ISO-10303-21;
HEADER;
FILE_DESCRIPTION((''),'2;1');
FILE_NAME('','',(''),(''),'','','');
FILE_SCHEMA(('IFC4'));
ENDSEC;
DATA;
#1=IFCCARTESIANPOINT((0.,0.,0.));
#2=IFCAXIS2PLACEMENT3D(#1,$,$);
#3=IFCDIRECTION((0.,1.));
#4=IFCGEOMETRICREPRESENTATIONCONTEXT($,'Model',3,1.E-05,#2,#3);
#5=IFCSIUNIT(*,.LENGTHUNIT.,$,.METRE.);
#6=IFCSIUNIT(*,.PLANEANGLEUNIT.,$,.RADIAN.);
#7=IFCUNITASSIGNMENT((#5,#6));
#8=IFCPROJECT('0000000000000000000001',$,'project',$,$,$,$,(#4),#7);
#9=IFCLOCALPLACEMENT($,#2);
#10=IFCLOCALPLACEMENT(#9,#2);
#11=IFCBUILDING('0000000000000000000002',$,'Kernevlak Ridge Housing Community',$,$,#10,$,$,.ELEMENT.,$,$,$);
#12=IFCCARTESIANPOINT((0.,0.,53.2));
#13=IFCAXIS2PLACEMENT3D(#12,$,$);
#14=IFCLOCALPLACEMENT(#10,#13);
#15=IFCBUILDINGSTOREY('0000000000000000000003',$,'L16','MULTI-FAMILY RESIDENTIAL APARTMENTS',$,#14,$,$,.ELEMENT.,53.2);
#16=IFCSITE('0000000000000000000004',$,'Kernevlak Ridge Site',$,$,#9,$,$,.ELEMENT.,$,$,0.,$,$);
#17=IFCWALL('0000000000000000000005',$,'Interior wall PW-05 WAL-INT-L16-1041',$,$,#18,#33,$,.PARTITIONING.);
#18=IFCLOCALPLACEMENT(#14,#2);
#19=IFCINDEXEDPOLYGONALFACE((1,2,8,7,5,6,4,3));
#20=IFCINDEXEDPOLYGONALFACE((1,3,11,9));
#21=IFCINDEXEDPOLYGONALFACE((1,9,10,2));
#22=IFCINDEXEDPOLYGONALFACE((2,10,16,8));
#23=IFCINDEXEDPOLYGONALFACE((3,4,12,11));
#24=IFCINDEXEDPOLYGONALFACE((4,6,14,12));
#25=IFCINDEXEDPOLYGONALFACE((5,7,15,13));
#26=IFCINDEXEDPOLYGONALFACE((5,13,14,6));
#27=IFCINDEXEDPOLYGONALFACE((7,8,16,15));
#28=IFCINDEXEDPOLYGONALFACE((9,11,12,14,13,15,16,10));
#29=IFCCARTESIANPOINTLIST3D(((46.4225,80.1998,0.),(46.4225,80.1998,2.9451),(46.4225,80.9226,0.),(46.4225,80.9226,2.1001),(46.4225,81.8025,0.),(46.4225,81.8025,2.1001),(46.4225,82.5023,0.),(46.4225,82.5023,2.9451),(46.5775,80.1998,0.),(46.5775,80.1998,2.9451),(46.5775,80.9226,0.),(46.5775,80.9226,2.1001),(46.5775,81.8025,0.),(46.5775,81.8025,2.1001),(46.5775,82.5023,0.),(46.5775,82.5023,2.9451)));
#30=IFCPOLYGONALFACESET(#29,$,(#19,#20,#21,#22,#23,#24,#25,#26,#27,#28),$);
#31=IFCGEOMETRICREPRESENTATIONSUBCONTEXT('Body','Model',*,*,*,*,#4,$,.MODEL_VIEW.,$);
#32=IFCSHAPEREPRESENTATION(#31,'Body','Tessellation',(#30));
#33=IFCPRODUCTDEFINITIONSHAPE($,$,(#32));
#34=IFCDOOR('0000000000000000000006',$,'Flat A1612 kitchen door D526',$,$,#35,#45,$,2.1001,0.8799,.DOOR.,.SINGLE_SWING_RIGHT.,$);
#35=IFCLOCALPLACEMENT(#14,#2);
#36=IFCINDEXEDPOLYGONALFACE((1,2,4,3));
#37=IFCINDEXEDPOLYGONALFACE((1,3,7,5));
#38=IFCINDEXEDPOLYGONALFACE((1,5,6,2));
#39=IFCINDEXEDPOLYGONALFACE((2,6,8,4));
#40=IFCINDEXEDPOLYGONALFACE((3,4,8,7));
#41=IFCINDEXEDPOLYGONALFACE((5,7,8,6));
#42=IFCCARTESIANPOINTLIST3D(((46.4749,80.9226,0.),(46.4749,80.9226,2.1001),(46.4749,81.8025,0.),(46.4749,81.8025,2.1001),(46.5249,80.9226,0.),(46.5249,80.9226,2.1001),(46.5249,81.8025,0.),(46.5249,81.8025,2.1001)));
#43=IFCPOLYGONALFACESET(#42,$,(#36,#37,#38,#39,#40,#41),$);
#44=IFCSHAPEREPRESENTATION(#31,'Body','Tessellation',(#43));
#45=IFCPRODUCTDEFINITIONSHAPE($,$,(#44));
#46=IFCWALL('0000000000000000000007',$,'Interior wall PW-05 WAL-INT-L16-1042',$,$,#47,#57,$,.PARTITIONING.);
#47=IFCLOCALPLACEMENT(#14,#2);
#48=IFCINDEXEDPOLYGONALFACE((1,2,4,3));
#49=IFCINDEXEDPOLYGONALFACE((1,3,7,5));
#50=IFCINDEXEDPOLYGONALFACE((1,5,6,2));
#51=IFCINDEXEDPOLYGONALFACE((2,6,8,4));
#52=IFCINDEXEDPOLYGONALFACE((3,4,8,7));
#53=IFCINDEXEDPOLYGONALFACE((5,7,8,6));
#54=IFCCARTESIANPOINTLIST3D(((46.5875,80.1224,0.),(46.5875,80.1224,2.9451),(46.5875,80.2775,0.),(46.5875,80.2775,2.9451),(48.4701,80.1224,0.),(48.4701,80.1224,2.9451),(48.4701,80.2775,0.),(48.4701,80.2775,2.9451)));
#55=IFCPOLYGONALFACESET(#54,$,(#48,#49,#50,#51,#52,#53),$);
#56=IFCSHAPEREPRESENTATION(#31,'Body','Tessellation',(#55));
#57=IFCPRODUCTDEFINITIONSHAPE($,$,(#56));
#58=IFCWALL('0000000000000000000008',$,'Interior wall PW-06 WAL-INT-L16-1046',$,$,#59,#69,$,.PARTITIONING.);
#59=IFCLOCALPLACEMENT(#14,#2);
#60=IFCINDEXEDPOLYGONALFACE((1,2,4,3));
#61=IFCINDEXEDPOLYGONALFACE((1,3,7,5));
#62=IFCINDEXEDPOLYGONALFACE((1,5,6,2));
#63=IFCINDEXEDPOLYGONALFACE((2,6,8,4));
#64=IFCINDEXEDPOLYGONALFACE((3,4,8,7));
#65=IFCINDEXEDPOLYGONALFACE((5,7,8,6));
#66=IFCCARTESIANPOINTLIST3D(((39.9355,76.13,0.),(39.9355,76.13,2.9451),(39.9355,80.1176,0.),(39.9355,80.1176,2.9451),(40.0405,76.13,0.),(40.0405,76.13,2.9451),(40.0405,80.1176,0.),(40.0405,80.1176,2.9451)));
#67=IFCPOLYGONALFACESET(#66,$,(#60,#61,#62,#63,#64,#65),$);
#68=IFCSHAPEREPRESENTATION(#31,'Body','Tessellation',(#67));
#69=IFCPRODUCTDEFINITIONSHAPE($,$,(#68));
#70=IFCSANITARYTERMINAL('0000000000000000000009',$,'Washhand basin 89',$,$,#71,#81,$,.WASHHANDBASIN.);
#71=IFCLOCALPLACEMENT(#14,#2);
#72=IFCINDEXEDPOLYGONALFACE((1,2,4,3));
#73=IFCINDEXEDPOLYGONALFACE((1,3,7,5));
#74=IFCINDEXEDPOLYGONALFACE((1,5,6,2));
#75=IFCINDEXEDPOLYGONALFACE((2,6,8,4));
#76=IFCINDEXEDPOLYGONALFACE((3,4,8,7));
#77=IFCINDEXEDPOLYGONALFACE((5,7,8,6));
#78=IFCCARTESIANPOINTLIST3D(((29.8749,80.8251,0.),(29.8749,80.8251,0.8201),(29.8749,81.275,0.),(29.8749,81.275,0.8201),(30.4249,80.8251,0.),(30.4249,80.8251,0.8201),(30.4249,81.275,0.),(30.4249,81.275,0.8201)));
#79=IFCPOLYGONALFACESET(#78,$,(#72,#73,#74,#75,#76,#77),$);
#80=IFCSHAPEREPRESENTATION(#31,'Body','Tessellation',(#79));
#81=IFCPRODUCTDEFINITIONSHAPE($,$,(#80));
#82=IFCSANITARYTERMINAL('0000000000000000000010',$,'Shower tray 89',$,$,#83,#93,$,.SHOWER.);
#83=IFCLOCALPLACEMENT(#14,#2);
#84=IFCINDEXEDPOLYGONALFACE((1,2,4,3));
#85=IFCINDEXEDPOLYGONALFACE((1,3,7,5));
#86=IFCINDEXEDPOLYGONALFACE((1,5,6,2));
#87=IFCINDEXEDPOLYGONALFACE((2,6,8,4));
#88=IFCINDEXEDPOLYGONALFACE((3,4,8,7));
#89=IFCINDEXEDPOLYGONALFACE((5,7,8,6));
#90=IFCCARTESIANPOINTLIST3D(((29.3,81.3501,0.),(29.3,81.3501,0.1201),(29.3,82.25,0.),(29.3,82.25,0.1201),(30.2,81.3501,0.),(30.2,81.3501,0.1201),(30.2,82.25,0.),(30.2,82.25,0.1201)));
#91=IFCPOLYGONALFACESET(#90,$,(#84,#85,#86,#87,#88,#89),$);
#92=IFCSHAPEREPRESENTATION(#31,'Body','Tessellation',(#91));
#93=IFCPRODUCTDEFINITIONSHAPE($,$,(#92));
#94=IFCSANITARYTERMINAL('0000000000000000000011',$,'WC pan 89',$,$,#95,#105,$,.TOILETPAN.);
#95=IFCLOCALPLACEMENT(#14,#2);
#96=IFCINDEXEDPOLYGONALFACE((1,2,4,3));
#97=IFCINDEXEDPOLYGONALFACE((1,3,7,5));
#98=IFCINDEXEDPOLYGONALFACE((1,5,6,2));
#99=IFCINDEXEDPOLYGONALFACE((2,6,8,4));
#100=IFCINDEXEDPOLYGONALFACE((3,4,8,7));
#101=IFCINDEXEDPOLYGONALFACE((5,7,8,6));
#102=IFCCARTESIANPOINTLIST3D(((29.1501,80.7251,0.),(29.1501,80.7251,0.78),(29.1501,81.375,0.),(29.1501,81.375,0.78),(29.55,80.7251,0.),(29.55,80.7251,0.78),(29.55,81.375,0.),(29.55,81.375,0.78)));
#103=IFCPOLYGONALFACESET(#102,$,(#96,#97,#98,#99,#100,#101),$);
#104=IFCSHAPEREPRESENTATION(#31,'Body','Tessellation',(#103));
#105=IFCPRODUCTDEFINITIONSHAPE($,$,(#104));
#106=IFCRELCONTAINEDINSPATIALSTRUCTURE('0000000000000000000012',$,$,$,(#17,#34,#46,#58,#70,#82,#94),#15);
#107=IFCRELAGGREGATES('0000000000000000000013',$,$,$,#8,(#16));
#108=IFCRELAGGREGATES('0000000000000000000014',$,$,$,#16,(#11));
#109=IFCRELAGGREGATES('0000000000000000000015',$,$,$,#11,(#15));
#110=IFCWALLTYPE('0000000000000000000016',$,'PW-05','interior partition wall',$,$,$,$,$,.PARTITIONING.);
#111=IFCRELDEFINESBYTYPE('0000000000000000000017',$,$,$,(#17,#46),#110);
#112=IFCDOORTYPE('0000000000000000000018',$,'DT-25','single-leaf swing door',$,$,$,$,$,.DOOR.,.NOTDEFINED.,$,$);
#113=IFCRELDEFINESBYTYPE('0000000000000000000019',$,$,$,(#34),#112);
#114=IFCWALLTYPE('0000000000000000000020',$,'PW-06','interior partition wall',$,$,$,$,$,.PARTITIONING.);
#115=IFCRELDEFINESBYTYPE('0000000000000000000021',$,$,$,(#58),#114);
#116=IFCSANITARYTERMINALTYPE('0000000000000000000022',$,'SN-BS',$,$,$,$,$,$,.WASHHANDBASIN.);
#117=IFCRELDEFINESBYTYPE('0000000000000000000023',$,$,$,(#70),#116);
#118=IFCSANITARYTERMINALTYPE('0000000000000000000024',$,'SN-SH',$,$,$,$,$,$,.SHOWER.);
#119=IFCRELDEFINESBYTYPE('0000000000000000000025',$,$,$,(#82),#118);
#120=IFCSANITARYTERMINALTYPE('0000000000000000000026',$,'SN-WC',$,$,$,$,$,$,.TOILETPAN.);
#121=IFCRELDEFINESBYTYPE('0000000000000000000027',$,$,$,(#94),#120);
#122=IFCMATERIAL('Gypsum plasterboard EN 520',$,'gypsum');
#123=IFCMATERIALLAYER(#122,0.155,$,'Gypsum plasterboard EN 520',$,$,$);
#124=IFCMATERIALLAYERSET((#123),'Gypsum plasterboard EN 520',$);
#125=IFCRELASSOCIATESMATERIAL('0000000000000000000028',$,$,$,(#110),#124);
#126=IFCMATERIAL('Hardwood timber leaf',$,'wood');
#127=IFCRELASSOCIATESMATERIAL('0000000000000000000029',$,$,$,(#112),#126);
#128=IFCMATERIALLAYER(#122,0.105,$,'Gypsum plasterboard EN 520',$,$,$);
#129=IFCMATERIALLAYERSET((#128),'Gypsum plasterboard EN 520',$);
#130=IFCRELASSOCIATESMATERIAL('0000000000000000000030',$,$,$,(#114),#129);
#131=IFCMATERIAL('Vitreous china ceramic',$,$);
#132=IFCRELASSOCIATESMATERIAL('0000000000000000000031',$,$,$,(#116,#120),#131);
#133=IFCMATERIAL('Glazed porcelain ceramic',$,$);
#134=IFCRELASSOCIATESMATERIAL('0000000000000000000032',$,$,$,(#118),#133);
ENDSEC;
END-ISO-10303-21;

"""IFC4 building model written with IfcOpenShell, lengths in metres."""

from ifc_helpers import new_model, si_unit, direction, frame, frame_2d, origin, origin_2d, place, context, subcontext, project, spatial, rectangle, extrude, material, layer, layer_set, type_object, element, fill, save


model = new_model("IFC4")

# Units and contexts
model_context = context("Model", 3, precision=1e-05, world=origin(), true_north=direction((0.0, 1.0)))
body_context = subcontext(model_context, "Body", "Model", "MODEL_VIEW")
ifc_project = project(units=[si_unit("LENGTHUNIT", "METRE"), si_unit("PLANEANGLEUNIT", "RADIAN")], contexts=[model_context])

# Site, building, storey
site_placement = place(None, origin())
site = spatial("IfcSite", under=ifc_project, at=site_placement, Name="Kernevlak Ridge Site", CompositionType="ELEMENT", RefElevation=0.0)
building_placement = place(site_placement, origin())
building = spatial("IfcBuilding", under=site, at=building_placement, Name="Kernevlak Ridge Housing Community", CompositionType="ELEMENT")
storey_placement = place(building_placement, frame((0.0, 0.0, 53.2)))
storey = spatial("IfcBuildingStorey", under=building, at=storey_placement, Name="L16", Description="MULTI-FAMILY RESIDENTIAL APARTMENTS", CompositionType="ELEMENT", Elevation=53.2)

# Shared definitions
ifc_material_1 = material(Name="Hardwood timber leaf", Category="wood")

# Shared definitions
ifc_material_2 = material(Name="Gypsum plasterboard EN 520", Category="gypsum")

# Shared definitions
ifc_layer_1 = layer(ifc_material_2, 0.155, Name="Gypsum plasterboard EN 520")
ifc_layer_set_1 = layer_set([ifc_layer_1], Name="Gypsum plasterboard EN 520")
wall_type_1 = type_object("IfcWallType", Name="PW-05", Description="interior partition wall", PredefinedType="PARTITIONING", material=ifc_layer_set_1)

# Wall, opening, door
wall_1_placement = place(storey_placement, frame((46.5, 82.5024, 0.0), z_axis=(0.0, 0.0, 1.0), x_axis=(0.0, -1.0, 0.0)))
wall_1 = element("IfcWall", 1, at=wall_1_placement, inside=storey, type_object=wall_type_1, Name="Interior wall PW-05 WAL-INT-L16-1041", PredefinedType="PARTITIONING", context=body_context, shape_type="SweptSolid", body=[
    extrude(rectangle(XDim=2.3025, YDim=0.155, at=frame_2d((1.1514, 0.0))), origin(), (0.0, 0.0, 1.0), 2.9451),
])
opening_1_placement = place(wall_1_placement, frame((0.7, 0.0, 0.0)))
opening_1 = element("IfcOpeningElement", 2, at=opening_1_placement, cuts=wall_1, PredefinedType="OPENING", context=body_context, shape_type="SweptSolid", body=[
    extrude(rectangle(XDim=0.8799, YDim=2.1001, at=frame_2d((0.4399, 1.05))), frame((0.0, 0.0874, 0.0), z_axis=(0.0, -1.0, 0.0), x_axis=(1.0, 0.0, 0.0)), (0.0, 0.0, 1.0), 0.175),
])
door_type_1 = type_object("IfcDoorType", Name="DT-25", Description="single-leaf swing door", OperationType="NOTDEFINED", PredefinedType="DOOR", material=ifc_material_1)
door_1_placement = place(opening_1_placement, origin())
door_1 = element("IfcDoor", 3, at=door_1_placement, inside=storey, type_object=door_type_1, Name="Flat A1612 kitchen door D526", OperationType="SINGLE_SWING_RIGHT", OverallHeight=2.1001, OverallWidth=0.8799, PredefinedType="DOOR", context=body_context, shape_type="SweptSolid", body=[
    extrude(rectangle(XDim=0.8799, YDim=2.1001, at=frame_2d((0.4399, 1.05))), frame((0.0, 0.0249, 0.0), z_axis=(0.0, -1.0, 0.0), x_axis=(1.0, 0.0, 0.0)), (0.0, 0.0, 1.0), 0.05),
])
fill(opening_1, door_1)

# Walls
wall_2_placement = place(storey_placement, frame((46.5874, 80.2, 0.0), z_axis=(0.0, 0.0, 1.0), x_axis=(1.0, 0.0, 0.0)))
element("IfcWall", 4, at=wall_2_placement, inside=storey, type_object=wall_type_1, Name="Interior wall PW-05 WAL-INT-L16-1042", PredefinedType="PARTITIONING", context=body_context, shape_type="SweptSolid", body=[
    extrude(rectangle(XDim=1.8826, YDim=0.155, at=frame_2d((0.9414, 0.0))), origin(), (0.0, 0.0, 1.0), 2.9451),
])
ifc_layer_2 = layer(ifc_material_2, 0.105, Name="Gypsum plasterboard EN 520")
ifc_layer_set_2 = layer_set([ifc_layer_2], Name="Gypsum plasterboard EN 520")
wall_type_2 = type_object("IfcWallType", Name="PW-06", Description="interior partition wall", PredefinedType="PARTITIONING", material=ifc_layer_set_2)
wall_3_placement = place(storey_placement, frame((39.988, 80.1174, 0.0), z_axis=(0.0, 0.0, 1.0), x_axis=(0.0, -1.0, 0.0)))
element("IfcWall", 5, at=wall_3_placement, inside=storey, type_object=wall_type_2, Name="Interior wall PW-06 WAL-INT-L16-1046", PredefinedType="PARTITIONING", context=body_context, shape_type="SweptSolid", body=[
    extrude(rectangle(XDim=3.9875, YDim=0.105, at=frame_2d((1.9937, 0.0))), origin(), (0.0, 0.0, 1.0), 2.9451),
])

# Sanitary terminals
ifc_material_3 = material(Name="Vitreous china ceramic")
sanitary_terminal_type_1 = type_object("IfcSanitaryTerminalType", Name="SN-BS", PredefinedType="WASHHANDBASIN", material=ifc_material_3)
sanitary_terminal_1_placement = place(storey_placement, frame((30.1499, 81.05, 0.0), z_axis=(0.0, 0.0, 1.0), x_axis=(1.0, 0.0, 0.0)))
element("IfcSanitaryTerminal", 6, at=sanitary_terminal_1_placement, inside=storey, type_object=sanitary_terminal_type_1, Name="Washhand basin 89", PredefinedType="WASHHANDBASIN", context=body_context, shape_type="SweptSolid", body=[
    extrude(rectangle(XDim=0.55, YDim=0.45, at=origin_2d()), origin(), (0.0, 0.0, 1.0), 0.8201),
])
ifc_material_4 = material(Name="Glazed porcelain ceramic")
sanitary_terminal_type_2 = type_object("IfcSanitaryTerminalType", Name="SN-SH", PredefinedType="SHOWER", material=ifc_material_4)
sanitary_terminal_2_placement = place(storey_placement, frame((29.75, 81.8, 0.0), z_axis=(0.0, 0.0, 1.0), x_axis=(1.0, 0.0, 0.0)))
element("IfcSanitaryTerminal", 7, at=sanitary_terminal_2_placement, inside=storey, type_object=sanitary_terminal_type_2, Name="Shower tray 89", PredefinedType="SHOWER", context=body_context, shape_type="SweptSolid", body=[
    extrude(rectangle(XDim=0.8999, YDim=0.8999, at=origin_2d()), origin(), (0.0, 0.0, 1.0), 0.1201),
])
sanitary_terminal_type_3 = type_object("IfcSanitaryTerminalType", Name="SN-WC", PredefinedType="TOILETPAN", material=ifc_material_3)
sanitary_terminal_3_placement = place(storey_placement, frame((29.3501, 81.05, 0.0), z_axis=(0.0, 0.0, 1.0), x_axis=(1.0, 0.0, 0.0)))
element("IfcSanitaryTerminal", 8, at=sanitary_terminal_3_placement, inside=storey, type_object=sanitary_terminal_type_3, Name="WC pan 89", PredefinedType="TOILETPAN", context=body_context, shape_type="SweptSolid", body=[
    extrude(rectangle(XDim=0.3999, YDim=0.6499, at=origin_2d()), origin(), (0.0, 0.0, 1.0), 0.78),
])

save(model, "model.ifc")
